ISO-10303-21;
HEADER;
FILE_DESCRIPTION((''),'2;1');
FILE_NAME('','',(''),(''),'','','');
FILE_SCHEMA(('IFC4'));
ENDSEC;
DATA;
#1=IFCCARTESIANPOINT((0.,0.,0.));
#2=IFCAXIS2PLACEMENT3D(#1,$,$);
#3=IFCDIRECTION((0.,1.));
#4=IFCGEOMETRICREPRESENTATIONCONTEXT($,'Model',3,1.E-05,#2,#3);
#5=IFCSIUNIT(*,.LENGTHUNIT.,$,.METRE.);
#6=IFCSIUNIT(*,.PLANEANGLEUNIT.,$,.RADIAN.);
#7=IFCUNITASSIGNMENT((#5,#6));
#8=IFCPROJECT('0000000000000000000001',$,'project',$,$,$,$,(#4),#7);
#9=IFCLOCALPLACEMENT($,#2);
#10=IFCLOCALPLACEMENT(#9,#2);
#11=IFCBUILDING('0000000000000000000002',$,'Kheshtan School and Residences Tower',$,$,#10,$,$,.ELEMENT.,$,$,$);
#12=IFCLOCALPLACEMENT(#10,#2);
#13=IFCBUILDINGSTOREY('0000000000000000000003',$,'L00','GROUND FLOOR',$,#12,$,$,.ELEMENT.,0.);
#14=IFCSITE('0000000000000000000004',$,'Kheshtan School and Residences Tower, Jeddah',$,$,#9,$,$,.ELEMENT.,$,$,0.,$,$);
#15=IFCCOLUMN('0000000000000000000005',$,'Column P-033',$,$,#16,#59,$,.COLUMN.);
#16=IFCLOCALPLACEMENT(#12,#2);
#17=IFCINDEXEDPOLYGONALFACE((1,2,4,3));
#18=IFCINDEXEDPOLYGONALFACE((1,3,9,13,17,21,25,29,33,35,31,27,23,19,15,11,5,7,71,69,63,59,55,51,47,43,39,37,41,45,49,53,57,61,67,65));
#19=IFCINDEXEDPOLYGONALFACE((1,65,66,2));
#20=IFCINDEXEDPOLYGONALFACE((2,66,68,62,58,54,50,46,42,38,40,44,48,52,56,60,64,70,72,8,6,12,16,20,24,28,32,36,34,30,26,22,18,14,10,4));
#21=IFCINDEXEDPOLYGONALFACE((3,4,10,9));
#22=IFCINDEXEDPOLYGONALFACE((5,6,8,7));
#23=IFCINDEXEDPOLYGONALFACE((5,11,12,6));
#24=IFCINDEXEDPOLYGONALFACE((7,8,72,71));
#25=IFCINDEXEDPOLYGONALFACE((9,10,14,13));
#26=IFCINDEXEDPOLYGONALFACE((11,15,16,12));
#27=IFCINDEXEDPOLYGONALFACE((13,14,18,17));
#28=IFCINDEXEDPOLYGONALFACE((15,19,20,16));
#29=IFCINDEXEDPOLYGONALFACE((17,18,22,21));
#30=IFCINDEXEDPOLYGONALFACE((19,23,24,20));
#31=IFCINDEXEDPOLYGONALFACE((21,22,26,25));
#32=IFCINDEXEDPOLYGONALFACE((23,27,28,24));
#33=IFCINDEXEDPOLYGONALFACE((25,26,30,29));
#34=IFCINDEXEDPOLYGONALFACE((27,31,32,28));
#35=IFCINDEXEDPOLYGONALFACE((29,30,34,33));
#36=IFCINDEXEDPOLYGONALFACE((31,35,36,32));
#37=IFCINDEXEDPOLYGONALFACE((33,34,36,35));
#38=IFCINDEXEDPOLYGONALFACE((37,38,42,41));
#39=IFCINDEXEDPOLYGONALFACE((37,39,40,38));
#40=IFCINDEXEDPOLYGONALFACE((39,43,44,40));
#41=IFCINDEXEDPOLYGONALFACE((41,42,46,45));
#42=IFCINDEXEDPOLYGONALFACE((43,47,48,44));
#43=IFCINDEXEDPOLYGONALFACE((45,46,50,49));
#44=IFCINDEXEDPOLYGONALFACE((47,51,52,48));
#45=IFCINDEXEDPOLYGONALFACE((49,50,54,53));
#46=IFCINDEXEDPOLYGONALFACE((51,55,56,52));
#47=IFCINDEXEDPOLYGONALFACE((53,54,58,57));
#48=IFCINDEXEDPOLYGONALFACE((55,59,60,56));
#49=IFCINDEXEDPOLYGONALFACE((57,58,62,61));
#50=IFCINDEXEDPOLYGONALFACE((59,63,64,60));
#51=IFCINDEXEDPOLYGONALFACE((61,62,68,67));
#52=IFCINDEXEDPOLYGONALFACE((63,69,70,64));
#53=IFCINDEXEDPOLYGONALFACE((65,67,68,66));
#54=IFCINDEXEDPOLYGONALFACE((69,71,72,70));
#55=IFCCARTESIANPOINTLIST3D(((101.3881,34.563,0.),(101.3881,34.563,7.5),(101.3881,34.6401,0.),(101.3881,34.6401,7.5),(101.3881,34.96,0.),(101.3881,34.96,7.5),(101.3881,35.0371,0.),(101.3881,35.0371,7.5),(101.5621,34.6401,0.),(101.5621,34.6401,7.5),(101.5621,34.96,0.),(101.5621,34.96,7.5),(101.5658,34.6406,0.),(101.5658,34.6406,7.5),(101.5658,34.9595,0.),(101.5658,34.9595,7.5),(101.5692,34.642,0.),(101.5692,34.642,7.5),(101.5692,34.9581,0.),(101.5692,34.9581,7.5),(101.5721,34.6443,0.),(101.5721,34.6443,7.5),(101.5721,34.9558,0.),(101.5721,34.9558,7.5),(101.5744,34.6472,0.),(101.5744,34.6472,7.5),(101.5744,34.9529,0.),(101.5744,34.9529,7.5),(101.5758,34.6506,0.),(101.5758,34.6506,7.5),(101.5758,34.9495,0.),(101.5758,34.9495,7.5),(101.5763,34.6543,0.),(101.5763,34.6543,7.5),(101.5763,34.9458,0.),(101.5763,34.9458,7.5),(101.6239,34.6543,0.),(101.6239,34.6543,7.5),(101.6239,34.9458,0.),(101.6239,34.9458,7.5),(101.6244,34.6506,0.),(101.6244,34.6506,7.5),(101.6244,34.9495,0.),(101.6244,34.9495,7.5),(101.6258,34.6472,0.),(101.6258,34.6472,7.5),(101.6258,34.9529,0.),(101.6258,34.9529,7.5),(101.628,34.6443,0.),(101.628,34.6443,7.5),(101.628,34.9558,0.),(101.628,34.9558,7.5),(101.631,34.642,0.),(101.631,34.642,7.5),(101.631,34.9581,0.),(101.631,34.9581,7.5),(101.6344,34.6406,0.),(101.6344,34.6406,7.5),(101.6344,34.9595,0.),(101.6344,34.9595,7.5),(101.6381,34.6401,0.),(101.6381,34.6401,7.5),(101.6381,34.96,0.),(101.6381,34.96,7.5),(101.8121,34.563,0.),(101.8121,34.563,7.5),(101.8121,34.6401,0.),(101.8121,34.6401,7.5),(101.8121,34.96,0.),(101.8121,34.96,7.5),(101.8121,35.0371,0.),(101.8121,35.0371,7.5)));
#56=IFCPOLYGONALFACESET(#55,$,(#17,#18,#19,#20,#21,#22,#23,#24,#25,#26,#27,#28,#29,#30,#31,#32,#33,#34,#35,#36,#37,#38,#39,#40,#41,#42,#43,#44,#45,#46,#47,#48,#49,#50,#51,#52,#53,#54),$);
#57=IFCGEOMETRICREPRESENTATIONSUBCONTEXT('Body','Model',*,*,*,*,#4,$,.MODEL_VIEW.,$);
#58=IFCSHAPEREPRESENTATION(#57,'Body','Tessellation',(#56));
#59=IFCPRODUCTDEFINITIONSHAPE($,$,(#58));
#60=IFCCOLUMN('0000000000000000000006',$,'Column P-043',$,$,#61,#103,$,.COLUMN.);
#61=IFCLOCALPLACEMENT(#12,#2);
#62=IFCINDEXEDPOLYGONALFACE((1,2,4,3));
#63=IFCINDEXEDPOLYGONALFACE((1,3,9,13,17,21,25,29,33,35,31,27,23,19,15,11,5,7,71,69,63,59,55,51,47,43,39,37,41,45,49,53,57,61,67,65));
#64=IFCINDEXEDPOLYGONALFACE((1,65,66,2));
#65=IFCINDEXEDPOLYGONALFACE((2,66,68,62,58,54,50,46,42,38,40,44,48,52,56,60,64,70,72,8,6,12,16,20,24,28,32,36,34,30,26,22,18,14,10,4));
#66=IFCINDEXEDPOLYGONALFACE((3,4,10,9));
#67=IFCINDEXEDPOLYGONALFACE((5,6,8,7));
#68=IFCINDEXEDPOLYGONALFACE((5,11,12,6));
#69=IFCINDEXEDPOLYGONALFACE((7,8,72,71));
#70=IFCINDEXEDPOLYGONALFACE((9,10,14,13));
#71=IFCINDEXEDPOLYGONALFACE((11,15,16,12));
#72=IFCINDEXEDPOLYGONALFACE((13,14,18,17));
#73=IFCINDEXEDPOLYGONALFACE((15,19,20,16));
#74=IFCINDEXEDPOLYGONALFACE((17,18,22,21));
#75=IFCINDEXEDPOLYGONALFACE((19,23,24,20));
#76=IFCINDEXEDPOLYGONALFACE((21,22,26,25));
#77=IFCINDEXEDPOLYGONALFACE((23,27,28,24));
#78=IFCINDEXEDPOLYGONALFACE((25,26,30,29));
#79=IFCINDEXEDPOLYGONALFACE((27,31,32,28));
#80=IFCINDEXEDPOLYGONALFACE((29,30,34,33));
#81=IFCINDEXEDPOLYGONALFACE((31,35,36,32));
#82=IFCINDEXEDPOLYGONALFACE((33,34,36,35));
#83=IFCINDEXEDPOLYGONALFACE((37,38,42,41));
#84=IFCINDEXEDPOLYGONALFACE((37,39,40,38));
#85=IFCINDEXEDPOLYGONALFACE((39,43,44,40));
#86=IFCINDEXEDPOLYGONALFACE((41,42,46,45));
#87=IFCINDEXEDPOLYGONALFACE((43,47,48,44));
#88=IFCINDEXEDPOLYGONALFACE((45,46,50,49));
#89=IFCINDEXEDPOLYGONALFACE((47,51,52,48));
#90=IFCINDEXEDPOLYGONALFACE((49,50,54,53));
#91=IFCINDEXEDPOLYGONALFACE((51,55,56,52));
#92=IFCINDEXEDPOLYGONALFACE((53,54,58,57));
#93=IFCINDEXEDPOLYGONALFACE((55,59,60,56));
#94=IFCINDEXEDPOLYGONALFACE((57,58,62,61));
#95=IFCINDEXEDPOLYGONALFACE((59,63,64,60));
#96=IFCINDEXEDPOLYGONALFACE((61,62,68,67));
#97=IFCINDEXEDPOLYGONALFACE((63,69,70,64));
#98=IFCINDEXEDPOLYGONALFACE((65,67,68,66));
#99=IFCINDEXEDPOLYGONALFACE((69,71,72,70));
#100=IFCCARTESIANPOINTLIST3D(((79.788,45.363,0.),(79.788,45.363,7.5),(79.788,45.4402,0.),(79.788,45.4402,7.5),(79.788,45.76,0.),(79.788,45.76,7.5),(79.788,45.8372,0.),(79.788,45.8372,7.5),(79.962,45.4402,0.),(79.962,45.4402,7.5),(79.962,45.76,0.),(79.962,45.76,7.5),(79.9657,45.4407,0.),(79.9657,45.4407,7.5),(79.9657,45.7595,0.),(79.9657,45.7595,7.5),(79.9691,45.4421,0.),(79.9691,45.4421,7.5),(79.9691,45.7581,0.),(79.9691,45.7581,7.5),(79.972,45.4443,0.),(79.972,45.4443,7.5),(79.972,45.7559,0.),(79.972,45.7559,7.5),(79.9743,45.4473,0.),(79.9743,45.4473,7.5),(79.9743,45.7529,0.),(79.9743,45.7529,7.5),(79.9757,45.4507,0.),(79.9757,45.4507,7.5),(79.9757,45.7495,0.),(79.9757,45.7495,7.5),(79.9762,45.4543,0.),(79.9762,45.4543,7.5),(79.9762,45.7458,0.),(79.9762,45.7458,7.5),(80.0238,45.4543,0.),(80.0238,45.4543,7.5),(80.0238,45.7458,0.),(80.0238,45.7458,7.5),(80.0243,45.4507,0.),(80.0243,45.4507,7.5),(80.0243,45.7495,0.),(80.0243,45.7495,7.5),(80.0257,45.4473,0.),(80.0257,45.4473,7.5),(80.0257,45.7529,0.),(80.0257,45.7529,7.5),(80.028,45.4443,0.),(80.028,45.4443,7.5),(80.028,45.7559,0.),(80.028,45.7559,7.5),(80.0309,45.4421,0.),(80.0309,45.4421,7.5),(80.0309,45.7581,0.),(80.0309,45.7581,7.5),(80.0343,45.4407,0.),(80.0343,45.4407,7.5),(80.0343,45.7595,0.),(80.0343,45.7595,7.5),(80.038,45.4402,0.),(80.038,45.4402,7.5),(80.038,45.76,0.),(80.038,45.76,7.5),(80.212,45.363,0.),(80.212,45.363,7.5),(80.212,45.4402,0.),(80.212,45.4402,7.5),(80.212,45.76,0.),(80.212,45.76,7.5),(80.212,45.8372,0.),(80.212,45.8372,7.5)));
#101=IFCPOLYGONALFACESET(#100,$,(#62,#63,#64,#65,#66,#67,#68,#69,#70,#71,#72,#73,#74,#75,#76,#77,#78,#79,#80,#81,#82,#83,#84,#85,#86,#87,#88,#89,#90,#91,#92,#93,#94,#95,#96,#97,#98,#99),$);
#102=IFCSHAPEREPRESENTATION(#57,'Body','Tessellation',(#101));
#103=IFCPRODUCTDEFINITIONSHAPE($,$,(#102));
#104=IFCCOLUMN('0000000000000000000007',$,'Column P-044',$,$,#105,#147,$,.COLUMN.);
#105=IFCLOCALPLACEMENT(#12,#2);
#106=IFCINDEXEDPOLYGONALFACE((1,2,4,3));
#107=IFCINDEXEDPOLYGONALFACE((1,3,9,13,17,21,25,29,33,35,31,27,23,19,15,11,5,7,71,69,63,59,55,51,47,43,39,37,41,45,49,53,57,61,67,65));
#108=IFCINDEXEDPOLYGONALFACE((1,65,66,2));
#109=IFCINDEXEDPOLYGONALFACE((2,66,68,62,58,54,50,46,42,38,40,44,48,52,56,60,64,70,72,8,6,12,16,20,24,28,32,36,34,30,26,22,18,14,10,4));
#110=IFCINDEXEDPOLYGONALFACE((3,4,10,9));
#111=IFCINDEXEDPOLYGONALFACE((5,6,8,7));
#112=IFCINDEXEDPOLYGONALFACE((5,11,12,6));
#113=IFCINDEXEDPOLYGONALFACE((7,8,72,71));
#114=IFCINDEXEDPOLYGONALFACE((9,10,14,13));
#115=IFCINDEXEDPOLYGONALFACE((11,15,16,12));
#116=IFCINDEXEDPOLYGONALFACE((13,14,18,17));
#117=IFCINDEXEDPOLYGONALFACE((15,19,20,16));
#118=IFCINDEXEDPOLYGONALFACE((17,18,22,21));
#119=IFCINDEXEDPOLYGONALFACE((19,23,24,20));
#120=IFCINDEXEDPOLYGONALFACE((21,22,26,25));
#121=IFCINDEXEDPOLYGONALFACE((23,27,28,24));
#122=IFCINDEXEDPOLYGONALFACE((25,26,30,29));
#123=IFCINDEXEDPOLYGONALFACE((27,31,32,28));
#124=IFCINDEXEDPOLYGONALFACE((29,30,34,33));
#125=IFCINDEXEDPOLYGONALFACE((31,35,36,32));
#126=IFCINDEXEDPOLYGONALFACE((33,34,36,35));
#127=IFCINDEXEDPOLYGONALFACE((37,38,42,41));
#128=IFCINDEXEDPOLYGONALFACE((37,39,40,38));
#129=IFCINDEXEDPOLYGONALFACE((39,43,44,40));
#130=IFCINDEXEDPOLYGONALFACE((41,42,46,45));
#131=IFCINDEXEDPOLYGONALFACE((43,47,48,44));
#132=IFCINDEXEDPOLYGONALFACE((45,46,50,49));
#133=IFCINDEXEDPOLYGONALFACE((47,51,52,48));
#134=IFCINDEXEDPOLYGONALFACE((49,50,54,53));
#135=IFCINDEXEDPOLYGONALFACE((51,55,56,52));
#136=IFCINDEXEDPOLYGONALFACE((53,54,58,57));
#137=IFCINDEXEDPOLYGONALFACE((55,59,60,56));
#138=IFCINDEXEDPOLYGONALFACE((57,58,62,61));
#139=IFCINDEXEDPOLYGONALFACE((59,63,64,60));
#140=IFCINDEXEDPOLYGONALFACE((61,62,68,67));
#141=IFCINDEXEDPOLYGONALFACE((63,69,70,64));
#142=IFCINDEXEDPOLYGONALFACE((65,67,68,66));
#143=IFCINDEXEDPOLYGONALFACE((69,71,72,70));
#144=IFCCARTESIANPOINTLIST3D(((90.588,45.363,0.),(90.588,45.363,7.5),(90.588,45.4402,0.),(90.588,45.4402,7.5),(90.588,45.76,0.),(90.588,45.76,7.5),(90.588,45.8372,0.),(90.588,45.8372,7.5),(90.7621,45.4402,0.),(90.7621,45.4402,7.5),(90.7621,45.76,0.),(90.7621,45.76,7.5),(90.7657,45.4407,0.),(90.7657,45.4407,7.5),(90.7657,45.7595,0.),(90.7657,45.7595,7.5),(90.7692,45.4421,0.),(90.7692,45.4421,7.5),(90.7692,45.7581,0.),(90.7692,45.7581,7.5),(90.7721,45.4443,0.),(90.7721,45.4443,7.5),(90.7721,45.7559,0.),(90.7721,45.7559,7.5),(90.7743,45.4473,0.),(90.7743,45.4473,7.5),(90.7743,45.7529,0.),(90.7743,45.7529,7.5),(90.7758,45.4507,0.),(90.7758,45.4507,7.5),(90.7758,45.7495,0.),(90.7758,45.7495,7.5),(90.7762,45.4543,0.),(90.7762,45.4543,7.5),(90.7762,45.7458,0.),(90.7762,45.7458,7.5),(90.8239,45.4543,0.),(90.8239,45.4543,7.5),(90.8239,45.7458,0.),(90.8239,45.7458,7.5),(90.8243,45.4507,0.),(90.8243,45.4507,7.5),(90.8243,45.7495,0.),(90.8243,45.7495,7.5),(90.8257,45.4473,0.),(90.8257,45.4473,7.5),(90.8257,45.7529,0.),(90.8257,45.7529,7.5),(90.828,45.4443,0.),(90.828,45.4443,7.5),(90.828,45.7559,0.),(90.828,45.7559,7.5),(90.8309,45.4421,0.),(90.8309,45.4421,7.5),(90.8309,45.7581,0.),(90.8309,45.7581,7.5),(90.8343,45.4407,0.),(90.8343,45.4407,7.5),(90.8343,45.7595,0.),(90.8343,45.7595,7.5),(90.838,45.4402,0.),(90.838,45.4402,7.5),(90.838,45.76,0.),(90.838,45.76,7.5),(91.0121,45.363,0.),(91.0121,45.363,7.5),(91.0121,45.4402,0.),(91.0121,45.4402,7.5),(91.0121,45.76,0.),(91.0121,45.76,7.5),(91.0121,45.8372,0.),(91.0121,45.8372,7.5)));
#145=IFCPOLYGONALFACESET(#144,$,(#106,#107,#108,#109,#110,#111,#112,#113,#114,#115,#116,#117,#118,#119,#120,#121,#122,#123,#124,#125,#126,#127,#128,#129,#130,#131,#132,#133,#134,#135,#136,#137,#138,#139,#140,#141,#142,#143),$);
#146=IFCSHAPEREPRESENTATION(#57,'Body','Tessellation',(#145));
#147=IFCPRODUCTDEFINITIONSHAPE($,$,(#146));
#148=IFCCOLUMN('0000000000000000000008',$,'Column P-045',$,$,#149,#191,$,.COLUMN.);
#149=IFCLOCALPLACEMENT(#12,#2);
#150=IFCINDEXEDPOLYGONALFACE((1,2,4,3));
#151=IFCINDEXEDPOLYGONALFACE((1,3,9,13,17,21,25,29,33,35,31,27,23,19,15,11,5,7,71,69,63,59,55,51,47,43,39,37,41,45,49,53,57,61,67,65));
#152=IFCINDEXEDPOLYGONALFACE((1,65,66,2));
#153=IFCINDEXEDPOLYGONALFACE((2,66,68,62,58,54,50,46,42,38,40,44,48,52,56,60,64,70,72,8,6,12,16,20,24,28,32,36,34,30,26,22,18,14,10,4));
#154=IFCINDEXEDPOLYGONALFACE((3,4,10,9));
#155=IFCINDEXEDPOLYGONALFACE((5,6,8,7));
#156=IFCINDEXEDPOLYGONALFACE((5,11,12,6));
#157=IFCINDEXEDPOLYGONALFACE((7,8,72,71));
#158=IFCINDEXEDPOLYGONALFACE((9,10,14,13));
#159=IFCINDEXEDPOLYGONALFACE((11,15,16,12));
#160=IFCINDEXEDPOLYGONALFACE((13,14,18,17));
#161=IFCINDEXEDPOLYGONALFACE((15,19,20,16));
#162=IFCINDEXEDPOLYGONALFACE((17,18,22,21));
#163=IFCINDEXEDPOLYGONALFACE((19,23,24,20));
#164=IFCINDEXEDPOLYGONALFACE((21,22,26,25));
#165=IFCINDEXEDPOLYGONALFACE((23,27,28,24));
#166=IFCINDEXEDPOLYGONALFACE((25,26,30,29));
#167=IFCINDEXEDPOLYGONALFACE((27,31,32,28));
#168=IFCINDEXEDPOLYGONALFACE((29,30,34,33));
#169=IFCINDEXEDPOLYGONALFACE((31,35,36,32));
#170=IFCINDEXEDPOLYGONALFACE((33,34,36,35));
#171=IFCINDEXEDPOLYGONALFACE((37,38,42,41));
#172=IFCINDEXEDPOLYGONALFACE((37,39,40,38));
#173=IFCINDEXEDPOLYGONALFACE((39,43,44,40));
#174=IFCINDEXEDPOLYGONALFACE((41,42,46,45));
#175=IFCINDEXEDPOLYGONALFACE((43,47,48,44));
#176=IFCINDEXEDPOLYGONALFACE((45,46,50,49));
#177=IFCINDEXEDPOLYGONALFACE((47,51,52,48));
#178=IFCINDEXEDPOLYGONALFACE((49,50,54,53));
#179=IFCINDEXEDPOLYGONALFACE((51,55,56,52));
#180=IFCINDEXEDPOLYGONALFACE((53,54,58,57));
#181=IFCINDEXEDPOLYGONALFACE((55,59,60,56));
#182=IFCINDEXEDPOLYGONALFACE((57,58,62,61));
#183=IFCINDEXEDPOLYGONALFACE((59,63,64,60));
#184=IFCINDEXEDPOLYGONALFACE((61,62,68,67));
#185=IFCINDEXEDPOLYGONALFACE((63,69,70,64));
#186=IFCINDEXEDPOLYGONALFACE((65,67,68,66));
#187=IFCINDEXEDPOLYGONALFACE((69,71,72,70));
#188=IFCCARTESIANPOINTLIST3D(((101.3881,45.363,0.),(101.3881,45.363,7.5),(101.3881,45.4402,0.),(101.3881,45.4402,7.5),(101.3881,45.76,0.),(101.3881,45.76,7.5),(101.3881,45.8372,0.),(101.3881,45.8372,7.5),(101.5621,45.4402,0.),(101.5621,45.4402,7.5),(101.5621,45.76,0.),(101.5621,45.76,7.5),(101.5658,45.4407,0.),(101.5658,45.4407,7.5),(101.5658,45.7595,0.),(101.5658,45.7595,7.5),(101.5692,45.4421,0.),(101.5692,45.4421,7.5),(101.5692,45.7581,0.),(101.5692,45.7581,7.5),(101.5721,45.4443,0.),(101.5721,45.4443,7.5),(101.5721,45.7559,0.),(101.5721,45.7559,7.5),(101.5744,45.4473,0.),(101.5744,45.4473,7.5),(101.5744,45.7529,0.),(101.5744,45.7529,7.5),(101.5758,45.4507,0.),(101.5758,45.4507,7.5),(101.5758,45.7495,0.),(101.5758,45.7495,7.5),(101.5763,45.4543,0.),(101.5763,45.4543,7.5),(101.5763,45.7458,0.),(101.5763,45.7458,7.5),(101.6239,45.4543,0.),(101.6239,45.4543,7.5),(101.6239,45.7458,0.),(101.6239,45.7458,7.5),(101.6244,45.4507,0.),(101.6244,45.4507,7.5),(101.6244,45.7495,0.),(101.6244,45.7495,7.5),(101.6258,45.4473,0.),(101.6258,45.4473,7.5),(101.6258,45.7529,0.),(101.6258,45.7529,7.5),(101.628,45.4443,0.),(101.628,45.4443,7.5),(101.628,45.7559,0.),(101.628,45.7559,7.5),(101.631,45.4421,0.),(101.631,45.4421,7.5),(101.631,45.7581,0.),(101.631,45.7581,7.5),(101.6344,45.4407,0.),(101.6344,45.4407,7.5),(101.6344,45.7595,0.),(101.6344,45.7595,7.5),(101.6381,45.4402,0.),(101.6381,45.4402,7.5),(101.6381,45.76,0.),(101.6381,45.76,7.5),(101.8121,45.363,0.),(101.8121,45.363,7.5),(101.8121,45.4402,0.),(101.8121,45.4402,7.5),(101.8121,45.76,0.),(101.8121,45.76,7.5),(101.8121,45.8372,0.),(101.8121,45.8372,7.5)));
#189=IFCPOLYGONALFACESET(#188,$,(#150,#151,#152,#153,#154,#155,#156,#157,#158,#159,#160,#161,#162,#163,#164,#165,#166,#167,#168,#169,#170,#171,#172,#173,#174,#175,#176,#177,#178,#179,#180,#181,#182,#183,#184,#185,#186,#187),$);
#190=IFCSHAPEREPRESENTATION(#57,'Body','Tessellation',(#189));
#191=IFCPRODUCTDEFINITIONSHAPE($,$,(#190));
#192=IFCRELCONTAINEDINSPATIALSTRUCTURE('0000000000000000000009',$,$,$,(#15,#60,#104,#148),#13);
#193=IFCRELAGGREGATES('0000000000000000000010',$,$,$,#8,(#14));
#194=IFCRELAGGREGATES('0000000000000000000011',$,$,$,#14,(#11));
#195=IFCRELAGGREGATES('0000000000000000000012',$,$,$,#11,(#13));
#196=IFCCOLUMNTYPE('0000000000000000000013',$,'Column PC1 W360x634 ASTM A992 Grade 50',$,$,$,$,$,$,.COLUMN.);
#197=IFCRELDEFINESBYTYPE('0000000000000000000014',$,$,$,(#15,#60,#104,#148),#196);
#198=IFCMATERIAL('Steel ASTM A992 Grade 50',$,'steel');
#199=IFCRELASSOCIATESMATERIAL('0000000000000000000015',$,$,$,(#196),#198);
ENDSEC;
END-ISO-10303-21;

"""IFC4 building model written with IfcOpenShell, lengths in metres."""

from ifc_helpers import new_model, si_unit, direction, frame, origin, origin_2d, place, context, subcontext, project, spatial, i_section, extrude, material, material_profile, profile_set, type_object, element, save


model = new_model("IFC4")

# Units and contexts
model_context = context("Model", 3, precision=1e-05, world=origin(), true_north=direction((0.0, 1.0)))
body_context = subcontext(model_context, "Body", "Model", "MODEL_VIEW")
ifc_project = project(units=[si_unit("LENGTHUNIT", "METRE"), si_unit("PLANEANGLEUNIT", "RADIAN")], contexts=[model_context])

# Site, building, storey
site_placement = place(None, origin())
site = spatial("IfcSite", under=ifc_project, at=site_placement, Name="Kheshtan School and Residences Tower, Jeddah", CompositionType="ELEMENT", RefElevation=0.0)
building_placement = place(site_placement, origin())
building = spatial("IfcBuilding", under=site, at=building_placement, Name="Kheshtan School and Residences Tower", CompositionType="ELEMENT")
storey_placement = place(building_placement, origin())
storey = spatial("IfcBuildingStorey", under=building, at=storey_placement, Name="L00", Description="GROUND FLOOR", CompositionType="ELEMENT", Elevation=0.0)

# Columns
ifc_material_1 = material(Name="Steel ASTM A992 Grade 50", Category="steel")
ifc_material_profile = material_profile(ifc_material_1, i_section(OverallWidth=0.4241, OverallDepth=0.4741, WebThickness=0.0476, FlangeThickness=0.0771, FilletRadius=0.0142, at=origin_2d()), Name="W360x634")
ifc_profile_set = profile_set([ifc_material_profile], Name="Steel ASTM A992 Grade 50")
column_type = type_object("IfcColumnType", Name="Column PC1 W360x634 ASTM A992 Grade 50", PredefinedType="COLUMN", material=ifc_profile_set)
for number, where, z_axis, x_axis, name in (
    (1, (101.6001, 34.8, 0.0), (0.0, 0.0, 1.0), (1.0, 0.0, 0.0), "Column P-033"),
    (2, (80.0, 45.6001, 0.0), (0.0, 0.0, 1.0), (1.0, 0.0, 0.0), "Column P-043"),
    (3, (90.8, 45.6001, 0.0), (0.0, 0.0, 1.0), (1.0, 0.0, 0.0), "Column P-044"),
    (4, (101.6001, 45.6001, 0.0), (0.0, 0.0, 1.0), (1.0, 0.0, 0.0), "Column P-045"),
):
    element("IfcColumn", number, at=place(storey_placement, frame(where, z_axis=z_axis, x_axis=x_axis)), inside=storey, type_object=column_type, Name=name, PredefinedType="COLUMN", context=body_context, shape_type="SweptSolid", body=[
        extrude(i_section(OverallWidth=0.4241, OverallDepth=0.4741, WebThickness=0.0476, FlangeThickness=0.0771, FilletRadius=0.0142, at=origin_2d()), origin(), (0.0, 0.0, 1.0), 7.5),
    ])

save(model, "model.ifc")
